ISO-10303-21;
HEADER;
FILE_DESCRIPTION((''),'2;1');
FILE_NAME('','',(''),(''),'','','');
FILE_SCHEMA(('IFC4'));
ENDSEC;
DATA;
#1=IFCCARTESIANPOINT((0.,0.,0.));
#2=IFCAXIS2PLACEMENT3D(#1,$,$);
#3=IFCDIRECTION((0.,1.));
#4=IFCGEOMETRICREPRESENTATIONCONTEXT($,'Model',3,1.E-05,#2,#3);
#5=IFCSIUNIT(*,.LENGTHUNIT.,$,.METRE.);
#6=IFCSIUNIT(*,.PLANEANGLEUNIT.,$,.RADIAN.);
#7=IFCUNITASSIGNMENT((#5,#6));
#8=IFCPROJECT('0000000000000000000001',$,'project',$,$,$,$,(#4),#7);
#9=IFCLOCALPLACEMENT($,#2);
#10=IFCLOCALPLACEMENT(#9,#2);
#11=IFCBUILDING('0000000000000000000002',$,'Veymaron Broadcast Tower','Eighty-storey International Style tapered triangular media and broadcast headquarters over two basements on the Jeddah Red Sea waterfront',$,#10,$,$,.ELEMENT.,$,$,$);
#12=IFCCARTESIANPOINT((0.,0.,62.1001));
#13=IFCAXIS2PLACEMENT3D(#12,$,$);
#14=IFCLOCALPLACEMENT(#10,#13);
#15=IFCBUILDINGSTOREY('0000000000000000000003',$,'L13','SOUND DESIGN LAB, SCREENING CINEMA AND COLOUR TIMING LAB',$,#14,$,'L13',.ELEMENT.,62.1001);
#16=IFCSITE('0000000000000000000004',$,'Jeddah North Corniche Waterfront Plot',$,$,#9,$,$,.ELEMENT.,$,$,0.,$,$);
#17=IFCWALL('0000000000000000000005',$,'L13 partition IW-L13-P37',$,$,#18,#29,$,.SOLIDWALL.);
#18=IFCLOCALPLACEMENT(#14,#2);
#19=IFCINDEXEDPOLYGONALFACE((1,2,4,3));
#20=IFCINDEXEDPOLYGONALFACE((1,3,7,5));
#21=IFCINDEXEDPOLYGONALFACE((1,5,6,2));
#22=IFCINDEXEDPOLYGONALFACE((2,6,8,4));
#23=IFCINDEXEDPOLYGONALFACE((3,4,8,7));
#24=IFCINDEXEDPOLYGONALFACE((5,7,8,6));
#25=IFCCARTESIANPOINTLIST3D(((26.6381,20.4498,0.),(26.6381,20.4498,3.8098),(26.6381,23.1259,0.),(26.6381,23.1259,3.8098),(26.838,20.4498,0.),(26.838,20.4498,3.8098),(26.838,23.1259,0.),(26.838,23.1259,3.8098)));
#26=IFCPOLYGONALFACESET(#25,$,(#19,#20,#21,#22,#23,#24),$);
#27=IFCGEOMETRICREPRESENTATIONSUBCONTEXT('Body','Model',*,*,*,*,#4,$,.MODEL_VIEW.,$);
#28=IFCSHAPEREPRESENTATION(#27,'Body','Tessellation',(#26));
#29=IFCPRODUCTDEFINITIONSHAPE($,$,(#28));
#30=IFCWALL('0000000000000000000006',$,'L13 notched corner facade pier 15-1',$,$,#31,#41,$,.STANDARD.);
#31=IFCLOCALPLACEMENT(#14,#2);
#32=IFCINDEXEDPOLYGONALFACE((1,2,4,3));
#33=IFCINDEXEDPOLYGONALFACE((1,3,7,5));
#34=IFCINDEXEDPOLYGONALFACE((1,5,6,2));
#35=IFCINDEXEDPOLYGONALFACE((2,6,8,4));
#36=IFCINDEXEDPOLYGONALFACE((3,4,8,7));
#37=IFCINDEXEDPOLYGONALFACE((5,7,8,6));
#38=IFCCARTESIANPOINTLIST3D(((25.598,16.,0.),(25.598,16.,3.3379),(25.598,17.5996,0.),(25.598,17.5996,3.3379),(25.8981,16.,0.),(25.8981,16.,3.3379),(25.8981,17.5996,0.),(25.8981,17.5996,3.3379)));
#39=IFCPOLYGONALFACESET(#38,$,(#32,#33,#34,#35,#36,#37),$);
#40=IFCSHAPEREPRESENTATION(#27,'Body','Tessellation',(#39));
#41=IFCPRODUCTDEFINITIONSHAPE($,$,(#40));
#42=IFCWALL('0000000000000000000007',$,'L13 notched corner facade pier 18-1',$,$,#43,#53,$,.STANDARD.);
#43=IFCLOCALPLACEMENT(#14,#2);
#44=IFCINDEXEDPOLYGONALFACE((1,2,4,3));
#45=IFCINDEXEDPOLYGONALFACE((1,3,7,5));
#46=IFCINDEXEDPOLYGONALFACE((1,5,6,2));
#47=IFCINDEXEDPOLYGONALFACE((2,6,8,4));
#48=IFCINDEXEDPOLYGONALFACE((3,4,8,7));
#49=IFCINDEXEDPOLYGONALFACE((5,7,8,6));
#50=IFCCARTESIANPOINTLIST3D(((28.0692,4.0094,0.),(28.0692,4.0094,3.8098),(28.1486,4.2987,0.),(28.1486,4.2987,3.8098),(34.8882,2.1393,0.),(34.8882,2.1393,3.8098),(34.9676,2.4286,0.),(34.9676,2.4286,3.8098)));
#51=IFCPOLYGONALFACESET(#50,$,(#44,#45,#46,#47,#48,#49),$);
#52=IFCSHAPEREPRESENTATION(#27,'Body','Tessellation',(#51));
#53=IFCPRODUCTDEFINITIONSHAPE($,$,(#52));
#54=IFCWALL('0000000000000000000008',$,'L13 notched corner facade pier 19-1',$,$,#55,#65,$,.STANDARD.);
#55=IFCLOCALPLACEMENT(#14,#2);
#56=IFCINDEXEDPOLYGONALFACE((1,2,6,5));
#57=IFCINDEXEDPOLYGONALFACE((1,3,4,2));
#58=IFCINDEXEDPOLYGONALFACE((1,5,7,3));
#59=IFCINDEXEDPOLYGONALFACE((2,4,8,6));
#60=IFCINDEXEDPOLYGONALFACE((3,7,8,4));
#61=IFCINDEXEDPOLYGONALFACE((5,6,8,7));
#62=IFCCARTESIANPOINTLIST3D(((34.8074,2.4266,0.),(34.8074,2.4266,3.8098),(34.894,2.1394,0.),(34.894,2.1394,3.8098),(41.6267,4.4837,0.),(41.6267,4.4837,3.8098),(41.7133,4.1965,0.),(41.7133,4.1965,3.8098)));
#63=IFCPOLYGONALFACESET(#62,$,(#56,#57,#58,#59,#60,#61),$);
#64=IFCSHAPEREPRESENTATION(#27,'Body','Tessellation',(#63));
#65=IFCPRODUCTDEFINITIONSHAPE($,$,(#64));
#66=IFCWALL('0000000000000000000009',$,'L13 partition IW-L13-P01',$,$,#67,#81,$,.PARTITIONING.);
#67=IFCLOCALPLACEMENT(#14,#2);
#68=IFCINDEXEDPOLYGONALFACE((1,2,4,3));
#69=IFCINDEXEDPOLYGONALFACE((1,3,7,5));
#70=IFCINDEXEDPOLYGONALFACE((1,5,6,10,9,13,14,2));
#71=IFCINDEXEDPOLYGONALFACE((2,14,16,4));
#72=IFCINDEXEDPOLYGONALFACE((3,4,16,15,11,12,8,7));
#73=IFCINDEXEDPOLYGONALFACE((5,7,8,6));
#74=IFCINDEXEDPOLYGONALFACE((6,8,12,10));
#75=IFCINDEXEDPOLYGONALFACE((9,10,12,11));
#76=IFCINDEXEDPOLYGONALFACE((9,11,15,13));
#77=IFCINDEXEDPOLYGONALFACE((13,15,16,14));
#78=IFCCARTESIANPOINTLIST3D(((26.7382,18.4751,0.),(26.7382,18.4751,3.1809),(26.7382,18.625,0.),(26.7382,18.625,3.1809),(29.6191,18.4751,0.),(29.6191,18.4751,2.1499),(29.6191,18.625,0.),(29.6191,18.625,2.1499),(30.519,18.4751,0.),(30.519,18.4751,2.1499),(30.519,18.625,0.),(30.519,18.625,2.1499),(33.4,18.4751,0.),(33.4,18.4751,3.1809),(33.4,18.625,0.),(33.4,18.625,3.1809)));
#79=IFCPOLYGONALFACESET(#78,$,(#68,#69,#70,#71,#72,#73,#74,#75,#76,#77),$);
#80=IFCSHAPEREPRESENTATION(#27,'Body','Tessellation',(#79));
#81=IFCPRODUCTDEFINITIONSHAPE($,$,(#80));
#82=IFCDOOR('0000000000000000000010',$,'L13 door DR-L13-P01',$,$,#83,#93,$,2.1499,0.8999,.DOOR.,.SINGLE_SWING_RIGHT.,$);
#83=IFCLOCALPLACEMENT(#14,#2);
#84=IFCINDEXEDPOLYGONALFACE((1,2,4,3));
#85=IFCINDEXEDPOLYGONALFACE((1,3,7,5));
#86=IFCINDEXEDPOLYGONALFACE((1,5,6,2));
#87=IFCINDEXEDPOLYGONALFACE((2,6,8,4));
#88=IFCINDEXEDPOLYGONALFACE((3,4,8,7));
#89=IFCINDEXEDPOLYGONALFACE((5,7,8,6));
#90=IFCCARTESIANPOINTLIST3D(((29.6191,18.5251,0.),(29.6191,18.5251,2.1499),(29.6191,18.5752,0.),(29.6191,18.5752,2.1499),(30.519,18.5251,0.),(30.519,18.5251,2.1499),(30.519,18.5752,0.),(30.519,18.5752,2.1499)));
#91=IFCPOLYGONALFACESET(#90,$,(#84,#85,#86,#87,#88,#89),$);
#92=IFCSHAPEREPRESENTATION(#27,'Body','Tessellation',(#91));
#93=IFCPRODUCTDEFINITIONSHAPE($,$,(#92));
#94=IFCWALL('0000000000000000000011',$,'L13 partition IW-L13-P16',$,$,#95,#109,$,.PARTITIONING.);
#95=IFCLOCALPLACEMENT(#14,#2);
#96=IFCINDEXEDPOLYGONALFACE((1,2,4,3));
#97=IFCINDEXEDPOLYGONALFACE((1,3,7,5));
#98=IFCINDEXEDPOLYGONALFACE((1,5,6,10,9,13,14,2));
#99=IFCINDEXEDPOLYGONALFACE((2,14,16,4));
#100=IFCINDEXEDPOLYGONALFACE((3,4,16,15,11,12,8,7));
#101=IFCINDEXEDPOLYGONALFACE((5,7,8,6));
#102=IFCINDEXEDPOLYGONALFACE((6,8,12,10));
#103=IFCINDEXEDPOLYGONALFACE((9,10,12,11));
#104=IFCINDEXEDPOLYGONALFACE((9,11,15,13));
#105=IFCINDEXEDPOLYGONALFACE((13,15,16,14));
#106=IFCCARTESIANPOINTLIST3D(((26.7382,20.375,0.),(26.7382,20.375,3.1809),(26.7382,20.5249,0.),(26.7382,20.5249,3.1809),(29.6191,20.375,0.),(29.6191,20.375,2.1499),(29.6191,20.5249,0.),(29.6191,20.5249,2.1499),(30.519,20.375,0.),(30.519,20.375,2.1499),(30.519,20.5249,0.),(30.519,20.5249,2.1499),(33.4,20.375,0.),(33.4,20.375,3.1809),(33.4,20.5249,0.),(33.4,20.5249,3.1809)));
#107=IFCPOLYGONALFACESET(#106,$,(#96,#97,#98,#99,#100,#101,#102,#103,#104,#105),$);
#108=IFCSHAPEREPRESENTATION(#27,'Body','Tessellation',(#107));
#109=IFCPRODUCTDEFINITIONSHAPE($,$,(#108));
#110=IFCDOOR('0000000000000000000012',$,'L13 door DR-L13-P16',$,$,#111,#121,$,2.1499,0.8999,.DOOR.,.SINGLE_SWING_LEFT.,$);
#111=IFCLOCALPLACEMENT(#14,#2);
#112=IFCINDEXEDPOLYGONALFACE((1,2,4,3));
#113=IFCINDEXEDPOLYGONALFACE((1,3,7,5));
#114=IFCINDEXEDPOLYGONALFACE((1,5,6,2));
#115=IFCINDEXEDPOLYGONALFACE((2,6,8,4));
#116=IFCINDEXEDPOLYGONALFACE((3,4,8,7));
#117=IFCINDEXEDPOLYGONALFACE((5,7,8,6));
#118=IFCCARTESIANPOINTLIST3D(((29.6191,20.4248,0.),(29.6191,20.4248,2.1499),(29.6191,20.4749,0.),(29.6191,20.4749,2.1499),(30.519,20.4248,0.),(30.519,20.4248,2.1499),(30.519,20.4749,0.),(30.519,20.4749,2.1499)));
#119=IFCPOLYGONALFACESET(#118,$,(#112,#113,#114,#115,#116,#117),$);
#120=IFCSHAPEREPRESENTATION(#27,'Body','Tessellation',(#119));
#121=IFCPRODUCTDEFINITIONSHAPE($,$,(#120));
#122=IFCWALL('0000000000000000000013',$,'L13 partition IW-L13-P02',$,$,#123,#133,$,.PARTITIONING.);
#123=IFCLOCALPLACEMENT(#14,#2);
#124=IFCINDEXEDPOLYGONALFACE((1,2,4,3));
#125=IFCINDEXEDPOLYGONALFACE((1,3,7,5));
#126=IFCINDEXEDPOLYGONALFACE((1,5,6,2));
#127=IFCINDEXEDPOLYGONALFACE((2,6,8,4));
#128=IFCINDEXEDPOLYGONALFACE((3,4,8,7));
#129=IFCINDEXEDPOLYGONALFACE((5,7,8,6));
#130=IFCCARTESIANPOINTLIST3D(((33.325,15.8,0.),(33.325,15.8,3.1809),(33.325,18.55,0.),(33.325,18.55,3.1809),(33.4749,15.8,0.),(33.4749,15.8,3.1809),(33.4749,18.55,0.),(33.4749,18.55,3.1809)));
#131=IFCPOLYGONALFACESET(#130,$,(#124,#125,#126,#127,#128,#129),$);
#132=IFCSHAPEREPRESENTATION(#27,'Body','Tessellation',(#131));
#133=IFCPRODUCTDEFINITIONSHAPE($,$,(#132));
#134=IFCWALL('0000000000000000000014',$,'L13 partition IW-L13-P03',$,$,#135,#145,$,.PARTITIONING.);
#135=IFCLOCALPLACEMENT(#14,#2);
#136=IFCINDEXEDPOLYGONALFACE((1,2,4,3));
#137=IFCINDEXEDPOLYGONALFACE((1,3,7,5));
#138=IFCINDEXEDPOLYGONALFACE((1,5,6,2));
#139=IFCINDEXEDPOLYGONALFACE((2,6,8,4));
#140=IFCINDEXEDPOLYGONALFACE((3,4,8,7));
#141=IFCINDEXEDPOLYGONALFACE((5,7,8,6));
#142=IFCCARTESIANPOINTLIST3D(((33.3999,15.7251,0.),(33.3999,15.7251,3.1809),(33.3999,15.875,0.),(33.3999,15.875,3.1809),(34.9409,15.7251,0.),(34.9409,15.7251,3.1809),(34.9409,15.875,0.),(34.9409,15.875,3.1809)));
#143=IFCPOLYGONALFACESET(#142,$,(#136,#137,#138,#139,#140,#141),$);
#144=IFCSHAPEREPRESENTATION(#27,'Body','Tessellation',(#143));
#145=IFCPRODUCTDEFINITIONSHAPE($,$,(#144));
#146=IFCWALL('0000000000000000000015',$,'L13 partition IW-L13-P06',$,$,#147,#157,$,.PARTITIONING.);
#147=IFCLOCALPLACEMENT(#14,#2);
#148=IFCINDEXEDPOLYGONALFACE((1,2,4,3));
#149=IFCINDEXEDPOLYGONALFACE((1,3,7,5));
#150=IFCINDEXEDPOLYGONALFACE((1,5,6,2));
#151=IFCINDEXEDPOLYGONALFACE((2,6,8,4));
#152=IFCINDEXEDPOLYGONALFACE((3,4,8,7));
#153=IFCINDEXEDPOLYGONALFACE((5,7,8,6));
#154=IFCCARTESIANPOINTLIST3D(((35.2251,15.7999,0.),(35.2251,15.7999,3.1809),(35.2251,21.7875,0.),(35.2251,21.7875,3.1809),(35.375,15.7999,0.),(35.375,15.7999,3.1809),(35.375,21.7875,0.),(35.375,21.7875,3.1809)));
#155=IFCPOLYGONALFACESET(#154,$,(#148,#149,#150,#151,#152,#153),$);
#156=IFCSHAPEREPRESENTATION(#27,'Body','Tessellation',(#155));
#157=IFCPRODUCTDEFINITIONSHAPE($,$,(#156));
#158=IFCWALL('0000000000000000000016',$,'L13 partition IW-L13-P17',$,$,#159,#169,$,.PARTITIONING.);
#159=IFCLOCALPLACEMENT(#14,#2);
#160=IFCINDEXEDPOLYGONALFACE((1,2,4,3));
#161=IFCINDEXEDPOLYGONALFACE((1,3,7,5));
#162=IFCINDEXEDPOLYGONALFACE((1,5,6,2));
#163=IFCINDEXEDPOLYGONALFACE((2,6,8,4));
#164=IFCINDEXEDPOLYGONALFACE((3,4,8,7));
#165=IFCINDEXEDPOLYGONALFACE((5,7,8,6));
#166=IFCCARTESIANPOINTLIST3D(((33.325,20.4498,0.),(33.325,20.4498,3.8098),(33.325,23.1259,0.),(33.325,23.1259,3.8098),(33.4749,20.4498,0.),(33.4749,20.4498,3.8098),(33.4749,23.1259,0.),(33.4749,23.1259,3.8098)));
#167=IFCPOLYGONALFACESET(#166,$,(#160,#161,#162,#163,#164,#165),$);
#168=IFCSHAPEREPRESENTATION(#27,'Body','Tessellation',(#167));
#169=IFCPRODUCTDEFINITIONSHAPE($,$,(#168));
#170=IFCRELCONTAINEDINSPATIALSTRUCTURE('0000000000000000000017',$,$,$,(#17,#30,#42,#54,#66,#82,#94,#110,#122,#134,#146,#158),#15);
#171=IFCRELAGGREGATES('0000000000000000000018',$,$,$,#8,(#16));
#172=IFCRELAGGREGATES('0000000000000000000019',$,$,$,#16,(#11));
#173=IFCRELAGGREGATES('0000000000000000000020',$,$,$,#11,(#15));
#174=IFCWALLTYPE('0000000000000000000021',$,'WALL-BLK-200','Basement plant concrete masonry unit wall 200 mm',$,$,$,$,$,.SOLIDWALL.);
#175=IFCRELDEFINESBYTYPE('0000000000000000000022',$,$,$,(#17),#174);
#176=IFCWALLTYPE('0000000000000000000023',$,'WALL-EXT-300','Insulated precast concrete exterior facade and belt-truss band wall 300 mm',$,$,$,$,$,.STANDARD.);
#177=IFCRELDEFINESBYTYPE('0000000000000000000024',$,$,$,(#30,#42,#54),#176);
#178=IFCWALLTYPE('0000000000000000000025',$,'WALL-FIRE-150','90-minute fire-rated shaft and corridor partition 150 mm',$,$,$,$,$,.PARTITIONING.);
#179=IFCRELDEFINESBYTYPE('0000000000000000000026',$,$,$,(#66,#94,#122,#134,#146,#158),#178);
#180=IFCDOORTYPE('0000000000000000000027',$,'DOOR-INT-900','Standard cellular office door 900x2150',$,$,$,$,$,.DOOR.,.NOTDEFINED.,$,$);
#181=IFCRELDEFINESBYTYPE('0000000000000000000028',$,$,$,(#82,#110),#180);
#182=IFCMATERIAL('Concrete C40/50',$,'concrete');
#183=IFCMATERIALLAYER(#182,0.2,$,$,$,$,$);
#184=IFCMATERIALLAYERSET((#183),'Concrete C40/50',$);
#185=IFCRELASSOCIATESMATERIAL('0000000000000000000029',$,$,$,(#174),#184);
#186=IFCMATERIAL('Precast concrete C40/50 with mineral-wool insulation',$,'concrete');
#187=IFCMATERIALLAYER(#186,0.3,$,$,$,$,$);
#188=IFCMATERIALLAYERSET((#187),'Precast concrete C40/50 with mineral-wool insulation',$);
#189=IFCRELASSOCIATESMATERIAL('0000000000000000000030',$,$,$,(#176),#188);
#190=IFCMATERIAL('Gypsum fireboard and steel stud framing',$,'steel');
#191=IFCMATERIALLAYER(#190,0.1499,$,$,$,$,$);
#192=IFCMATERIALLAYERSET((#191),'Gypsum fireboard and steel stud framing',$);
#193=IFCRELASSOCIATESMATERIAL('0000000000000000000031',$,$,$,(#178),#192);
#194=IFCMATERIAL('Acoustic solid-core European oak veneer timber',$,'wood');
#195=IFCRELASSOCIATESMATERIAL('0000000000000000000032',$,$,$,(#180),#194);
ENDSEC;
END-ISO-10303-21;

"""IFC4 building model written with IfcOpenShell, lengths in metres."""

from ifc_helpers import new_model, si_unit, direction, frame, frame_2d, origin, place, context, subcontext, project, spatial, rectangle, extrude, material, layer, layer_set, type_object, element, fill, save


model = new_model("IFC4")

# Units and contexts
model_context = context("Model", 3, precision=1e-05, world=origin(), true_north=direction((0.0, 1.0)))
body_context = subcontext(model_context, "Body", "Model", "MODEL_VIEW")
ifc_project = project(units=[si_unit("LENGTHUNIT", "METRE"), si_unit("PLANEANGLEUNIT", "RADIAN")], contexts=[model_context])

# Site, building, storey
site_placement = place(None, origin())
site = spatial("IfcSite", under=ifc_project, at=site_placement, Name="Jeddah North Corniche Waterfront Plot", CompositionType="ELEMENT", RefElevation=0.0)
building_placement = place(site_placement, origin())
building = spatial("IfcBuilding", under=site, at=building_placement, Name="Veymaron Broadcast Tower", Description="Eighty-storey International Style tapered triangular media and broadcast headquarters over two basements on the Jeddah Red Sea waterfront", CompositionType="ELEMENT")
storey_placement = place(building_placement, frame((0.0, 0.0, 62.1001)))
storey = spatial("IfcBuildingStorey", under=building, at=storey_placement, Name="L13", Description="SOUND DESIGN LAB, SCREENING CINEMA AND COLOUR TIMING LAB", LongName="L13", CompositionType="ELEMENT", Elevation=62.1001)

# Walls
ifc_material_1 = material(Name="Concrete C40/50", Category="concrete")
ifc_layer_1 = layer(ifc_material_1, 0.2)
ifc_layer_set_1 = layer_set([ifc_layer_1], Name="Concrete C40/50")
wall_type_1 = type_object("IfcWallType", Name="WALL-BLK-200", Description="Basement plant concrete masonry unit wall 200 mm", PredefinedType="SOLIDWALL", material=ifc_layer_set_1)
wall_1_placement = place(storey_placement, frame((26.738, 20.45, 0.0), z_axis=(0.0, 0.0, 1.0), x_axis=(0.0, 1.0, 0.0)))
element("IfcWall", 1, at=wall_1_placement, inside=storey, type_object=wall_type_1, Name="L13 partition IW-L13-P37", PredefinedType="SOLIDWALL", context=body_context, shape_type="SweptSolid", body=[
    extrude(rectangle(XDim=2.676, YDim=0.2, at=frame_2d((1.3379, 0.0))), origin(), (0.0, 0.0, 1.0), 3.8098),
])
ifc_material_2 = material(Name="Precast concrete C40/50 with mineral-wool insulation", Category="concrete")
ifc_layer_2 = layer(ifc_material_2, 0.3)
ifc_layer_set_2 = layer_set([ifc_layer_2], Name="Precast concrete C40/50 with mineral-wool insulation")
wall_type_2 = type_object("IfcWallType", Name="WALL-EXT-300", Description="Insulated precast concrete exterior facade and belt-truss band wall 300 mm", PredefinedType="STANDARD", material=ifc_layer_set_2)
wall_2_placement = place(storey_placement, frame((25.748, 17.5996, 0.0), z_axis=(0.0, 0.0, 1.0), x_axis=(0.0, -1.0, 0.0)))
element("IfcWall", 2, at=wall_2_placement, inside=storey, type_object=wall_type_2, Name="L13 notched corner facade pier 15-1", PredefinedType="STANDARD", context=body_context, shape_type="SweptSolid", body=[
    extrude(rectangle(XDim=1.5996, YDim=0.3, at=frame_2d((0.7998, 0.0))), origin(), (0.0, 0.0, 1.0), 3.3379),
])
wall_3_placement = place(storey_placement, frame((28.1089, 4.1541, 0.0), z_axis=(0.0, 0.0, 1.0), x_axis=(0.964391, -0.264482, 0.0)))
element("IfcWall", 3, at=wall_3_placement, inside=storey, type_object=wall_type_2, Name="L13 notched corner facade pier 18-1", PredefinedType="STANDARD", context=body_context, shape_type="SweptSolid", body=[
    extrude(rectangle(XDim=7.0708, YDim=0.3, at=frame_2d((3.5354, 0.0))), origin(), (0.0, 0.0, 1.0), 3.8098),
])
wall_4_placement = place(storey_placement, frame((34.8506, 2.283, 0.0), z_axis=(0.0, 0.0, 1.0), x_axis=(0.957387, 0.288807, 0.0)))
element("IfcWall", 4, at=wall_4_placement, inside=storey, type_object=wall_type_2, Name="L13 notched corner facade pier 19-1", PredefinedType="STANDARD", context=body_context, shape_type="SweptSolid", body=[
    extrude(rectangle(XDim=7.1228, YDim=0.3, at=frame_2d((3.5615, 0.0))), origin(), (0.0, 0.0, 1.0), 3.8098),
])

# Walls, openings, doors
ifc_material_3 = material(Name="Gypsum fireboard and steel stud framing", Category="steel")
ifc_layer_3 = layer(ifc_material_3, 0.1499)
ifc_layer_set_3 = layer_set([ifc_layer_3], Name="Gypsum fireboard and steel stud framing")
wall_type_3 = type_object("IfcWallType", Name="WALL-FIRE-150", Description="90-minute fire-rated shaft and corridor partition 150 mm", PredefinedType="PARTITIONING", material=ifc_layer_set_3)
wall_5_placement = place(storey_placement, frame((26.738, 18.55, 0.0), z_axis=(0.0, 0.0, 1.0), x_axis=(1.0, 0.0, 0.0)))
wall_5 = element("IfcWall", 5, at=wall_5_placement, inside=storey, type_object=wall_type_3, Name="L13 partition IW-L13-P01", PredefinedType="PARTITIONING", context=body_context, shape_type="SweptSolid", body=[
    extrude(rectangle(XDim=6.6619, YDim=0.1499, at=frame_2d((3.3311, 0.0))), origin(), (0.0, 0.0, 1.0), 3.1809),
])
opening_1_placement = place(wall_5_placement, frame((2.8811, 0.0, 0.0)))
opening_1 = element("IfcOpeningElement", 6, at=opening_1_placement, cuts=wall_5, PredefinedType="OPENING", context=body_context, shape_type="SweptSolid", body=[
    extrude(rectangle(XDim=0.8999, YDim=2.1499, at=frame_2d((0.45, 1.075))), frame((0.0, 0.085, 0.0), z_axis=(0.0, -1.0, 0.0), x_axis=(1.0, 0.0, 0.0)), (0.0, 0.0, 1.0), 0.1699),
])
ifc_material_4 = material(Name="Acoustic solid-core European oak veneer timber", Category="wood")
door_type = type_object("IfcDoorType", Name="DOOR-INT-900", Description="Standard cellular office door 900x2150", OperationType="NOTDEFINED", PredefinedType="DOOR", material=ifc_material_4)
door_1_placement = place(opening_1_placement, frame((0.8999, 0.0, 0.0), z_axis=(0.0, 0.0, 1.0), x_axis=(-1.0, 0.0, 0.0)))
door_1 = element("IfcDoor", 7, at=door_1_placement, inside=storey, type_object=door_type, Name="L13 door DR-L13-P01", OperationType="SINGLE_SWING_RIGHT", OverallHeight=2.1499, OverallWidth=0.8999, PredefinedType="DOOR", context=body_context, shape_type="SweptSolid", body=[
    extrude(rectangle(XDim=0.8999, YDim=2.1499, at=frame_2d((0.45, 1.075))), frame((0.0, 0.0249, 0.0), z_axis=(0.0, -1.0, 0.0), x_axis=(1.0, 0.0, 0.0)), (0.0, 0.0, 1.0), 0.05),
])
fill(opening_1, door_1)
wall_6_placement = place(storey_placement, frame((26.738, 20.45, 0.0), z_axis=(0.0, 0.0, 1.0), x_axis=(1.0, 0.0, 0.0)))
wall_6 = element("IfcWall", 8, at=wall_6_placement, inside=storey, type_object=wall_type_3, Name="L13 partition IW-L13-P16", PredefinedType="PARTITIONING", context=body_context, shape_type="SweptSolid", body=[
    extrude(rectangle(XDim=6.6619, YDim=0.1499, at=frame_2d((3.3311, 0.0))), origin(), (0.0, 0.0, 1.0), 3.1809),
])
opening_2_placement = place(wall_6_placement, frame((2.8811, 0.0, 0.0)))
opening_2 = element("IfcOpeningElement", 9, at=opening_2_placement, cuts=wall_6, PredefinedType="OPENING", context=body_context, shape_type="SweptSolid", body=[
    extrude(rectangle(XDim=0.8999, YDim=2.1499, at=frame_2d((0.45, 1.075))), frame((0.0, 0.085, 0.0), z_axis=(0.0, -1.0, 0.0), x_axis=(1.0, 0.0, 0.0)), (0.0, 0.0, 1.0), 0.1699),
])
door_2_placement = place(opening_2_placement, origin())
door_2 = element("IfcDoor", 10, at=door_2_placement, inside=storey, type_object=door_type, Name="L13 door DR-L13-P16", OperationType="SINGLE_SWING_LEFT", OverallHeight=2.1499, OverallWidth=0.8999, PredefinedType="DOOR", context=body_context, shape_type="SweptSolid", body=[
    extrude(rectangle(XDim=0.8999, YDim=2.1499, at=frame_2d((0.45, 1.075))), frame((0.0, 0.0249, 0.0), z_axis=(0.0, -1.0, 0.0), x_axis=(1.0, 0.0, 0.0)), (0.0, 0.0, 1.0), 0.05),
])
fill(opening_2, door_2)

# Walls
wall_7_placement = place(storey_placement, frame((33.3999, 15.8, 0.0), z_axis=(0.0, 0.0, 1.0), x_axis=(0.0, 1.0, 0.0)))
element("IfcWall", 11, at=wall_7_placement, inside=storey, type_object=wall_type_3, Name="L13 partition IW-L13-P02", PredefinedType="PARTITIONING", context=body_context, shape_type="SweptSolid", body=[
    extrude(rectangle(XDim=2.75, YDim=0.1499, at=frame_2d((1.375, 0.0))), origin(), (0.0, 0.0, 1.0), 3.1809),
])
wall_8_placement = place(storey_placement, frame((33.3999, 15.8, 0.0), z_axis=(0.0, 0.0, 1.0), x_axis=(1.0, 0.0, 0.0)))
element("IfcWall", 12, at=wall_8_placement, inside=storey, type_object=wall_type_3, Name="L13 partition IW-L13-P03", PredefinedType="PARTITIONING", context=body_context, shape_type="SweptSolid", body=[
    extrude(rectangle(XDim=1.541, YDim=0.1499, at=frame_2d((0.7705, 0.0))), origin(), (0.0, 0.0, 1.0), 3.1809),
])
wall_9_placement = place(storey_placement, frame((35.3, 15.8, 0.0), z_axis=(0.0, 0.0, 1.0), x_axis=(0.0, 1.0, 0.0)))
element("IfcWall", 13, at=wall_9_placement, inside=storey, type_object=wall_type_3, Name="L13 partition IW-L13-P06", PredefinedType="PARTITIONING", context=body_context, shape_type="SweptSolid", body=[
    extrude(rectangle(XDim=5.9875, YDim=0.1499, at=frame_2d((2.9937, 0.0))), origin(), (0.0, 0.0, 1.0), 3.1809),
])
wall_10_placement = place(storey_placement, frame((33.3999, 20.45, 0.0), z_axis=(0.0, 0.0, 1.0), x_axis=(0.0, 1.0, 0.0)))
element("IfcWall", 14, at=wall_10_placement, inside=storey, type_object=wall_type_3, Name="L13 partition IW-L13-P17", PredefinedType="PARTITIONING", context=body_context, shape_type="SweptSolid", body=[
    extrude(rectangle(XDim=2.676, YDim=0.1499, at=frame_2d((1.3379, 0.0))), origin(), (0.0, 0.0, 1.0), 3.8098),
])

save(model, "model.ifc")
